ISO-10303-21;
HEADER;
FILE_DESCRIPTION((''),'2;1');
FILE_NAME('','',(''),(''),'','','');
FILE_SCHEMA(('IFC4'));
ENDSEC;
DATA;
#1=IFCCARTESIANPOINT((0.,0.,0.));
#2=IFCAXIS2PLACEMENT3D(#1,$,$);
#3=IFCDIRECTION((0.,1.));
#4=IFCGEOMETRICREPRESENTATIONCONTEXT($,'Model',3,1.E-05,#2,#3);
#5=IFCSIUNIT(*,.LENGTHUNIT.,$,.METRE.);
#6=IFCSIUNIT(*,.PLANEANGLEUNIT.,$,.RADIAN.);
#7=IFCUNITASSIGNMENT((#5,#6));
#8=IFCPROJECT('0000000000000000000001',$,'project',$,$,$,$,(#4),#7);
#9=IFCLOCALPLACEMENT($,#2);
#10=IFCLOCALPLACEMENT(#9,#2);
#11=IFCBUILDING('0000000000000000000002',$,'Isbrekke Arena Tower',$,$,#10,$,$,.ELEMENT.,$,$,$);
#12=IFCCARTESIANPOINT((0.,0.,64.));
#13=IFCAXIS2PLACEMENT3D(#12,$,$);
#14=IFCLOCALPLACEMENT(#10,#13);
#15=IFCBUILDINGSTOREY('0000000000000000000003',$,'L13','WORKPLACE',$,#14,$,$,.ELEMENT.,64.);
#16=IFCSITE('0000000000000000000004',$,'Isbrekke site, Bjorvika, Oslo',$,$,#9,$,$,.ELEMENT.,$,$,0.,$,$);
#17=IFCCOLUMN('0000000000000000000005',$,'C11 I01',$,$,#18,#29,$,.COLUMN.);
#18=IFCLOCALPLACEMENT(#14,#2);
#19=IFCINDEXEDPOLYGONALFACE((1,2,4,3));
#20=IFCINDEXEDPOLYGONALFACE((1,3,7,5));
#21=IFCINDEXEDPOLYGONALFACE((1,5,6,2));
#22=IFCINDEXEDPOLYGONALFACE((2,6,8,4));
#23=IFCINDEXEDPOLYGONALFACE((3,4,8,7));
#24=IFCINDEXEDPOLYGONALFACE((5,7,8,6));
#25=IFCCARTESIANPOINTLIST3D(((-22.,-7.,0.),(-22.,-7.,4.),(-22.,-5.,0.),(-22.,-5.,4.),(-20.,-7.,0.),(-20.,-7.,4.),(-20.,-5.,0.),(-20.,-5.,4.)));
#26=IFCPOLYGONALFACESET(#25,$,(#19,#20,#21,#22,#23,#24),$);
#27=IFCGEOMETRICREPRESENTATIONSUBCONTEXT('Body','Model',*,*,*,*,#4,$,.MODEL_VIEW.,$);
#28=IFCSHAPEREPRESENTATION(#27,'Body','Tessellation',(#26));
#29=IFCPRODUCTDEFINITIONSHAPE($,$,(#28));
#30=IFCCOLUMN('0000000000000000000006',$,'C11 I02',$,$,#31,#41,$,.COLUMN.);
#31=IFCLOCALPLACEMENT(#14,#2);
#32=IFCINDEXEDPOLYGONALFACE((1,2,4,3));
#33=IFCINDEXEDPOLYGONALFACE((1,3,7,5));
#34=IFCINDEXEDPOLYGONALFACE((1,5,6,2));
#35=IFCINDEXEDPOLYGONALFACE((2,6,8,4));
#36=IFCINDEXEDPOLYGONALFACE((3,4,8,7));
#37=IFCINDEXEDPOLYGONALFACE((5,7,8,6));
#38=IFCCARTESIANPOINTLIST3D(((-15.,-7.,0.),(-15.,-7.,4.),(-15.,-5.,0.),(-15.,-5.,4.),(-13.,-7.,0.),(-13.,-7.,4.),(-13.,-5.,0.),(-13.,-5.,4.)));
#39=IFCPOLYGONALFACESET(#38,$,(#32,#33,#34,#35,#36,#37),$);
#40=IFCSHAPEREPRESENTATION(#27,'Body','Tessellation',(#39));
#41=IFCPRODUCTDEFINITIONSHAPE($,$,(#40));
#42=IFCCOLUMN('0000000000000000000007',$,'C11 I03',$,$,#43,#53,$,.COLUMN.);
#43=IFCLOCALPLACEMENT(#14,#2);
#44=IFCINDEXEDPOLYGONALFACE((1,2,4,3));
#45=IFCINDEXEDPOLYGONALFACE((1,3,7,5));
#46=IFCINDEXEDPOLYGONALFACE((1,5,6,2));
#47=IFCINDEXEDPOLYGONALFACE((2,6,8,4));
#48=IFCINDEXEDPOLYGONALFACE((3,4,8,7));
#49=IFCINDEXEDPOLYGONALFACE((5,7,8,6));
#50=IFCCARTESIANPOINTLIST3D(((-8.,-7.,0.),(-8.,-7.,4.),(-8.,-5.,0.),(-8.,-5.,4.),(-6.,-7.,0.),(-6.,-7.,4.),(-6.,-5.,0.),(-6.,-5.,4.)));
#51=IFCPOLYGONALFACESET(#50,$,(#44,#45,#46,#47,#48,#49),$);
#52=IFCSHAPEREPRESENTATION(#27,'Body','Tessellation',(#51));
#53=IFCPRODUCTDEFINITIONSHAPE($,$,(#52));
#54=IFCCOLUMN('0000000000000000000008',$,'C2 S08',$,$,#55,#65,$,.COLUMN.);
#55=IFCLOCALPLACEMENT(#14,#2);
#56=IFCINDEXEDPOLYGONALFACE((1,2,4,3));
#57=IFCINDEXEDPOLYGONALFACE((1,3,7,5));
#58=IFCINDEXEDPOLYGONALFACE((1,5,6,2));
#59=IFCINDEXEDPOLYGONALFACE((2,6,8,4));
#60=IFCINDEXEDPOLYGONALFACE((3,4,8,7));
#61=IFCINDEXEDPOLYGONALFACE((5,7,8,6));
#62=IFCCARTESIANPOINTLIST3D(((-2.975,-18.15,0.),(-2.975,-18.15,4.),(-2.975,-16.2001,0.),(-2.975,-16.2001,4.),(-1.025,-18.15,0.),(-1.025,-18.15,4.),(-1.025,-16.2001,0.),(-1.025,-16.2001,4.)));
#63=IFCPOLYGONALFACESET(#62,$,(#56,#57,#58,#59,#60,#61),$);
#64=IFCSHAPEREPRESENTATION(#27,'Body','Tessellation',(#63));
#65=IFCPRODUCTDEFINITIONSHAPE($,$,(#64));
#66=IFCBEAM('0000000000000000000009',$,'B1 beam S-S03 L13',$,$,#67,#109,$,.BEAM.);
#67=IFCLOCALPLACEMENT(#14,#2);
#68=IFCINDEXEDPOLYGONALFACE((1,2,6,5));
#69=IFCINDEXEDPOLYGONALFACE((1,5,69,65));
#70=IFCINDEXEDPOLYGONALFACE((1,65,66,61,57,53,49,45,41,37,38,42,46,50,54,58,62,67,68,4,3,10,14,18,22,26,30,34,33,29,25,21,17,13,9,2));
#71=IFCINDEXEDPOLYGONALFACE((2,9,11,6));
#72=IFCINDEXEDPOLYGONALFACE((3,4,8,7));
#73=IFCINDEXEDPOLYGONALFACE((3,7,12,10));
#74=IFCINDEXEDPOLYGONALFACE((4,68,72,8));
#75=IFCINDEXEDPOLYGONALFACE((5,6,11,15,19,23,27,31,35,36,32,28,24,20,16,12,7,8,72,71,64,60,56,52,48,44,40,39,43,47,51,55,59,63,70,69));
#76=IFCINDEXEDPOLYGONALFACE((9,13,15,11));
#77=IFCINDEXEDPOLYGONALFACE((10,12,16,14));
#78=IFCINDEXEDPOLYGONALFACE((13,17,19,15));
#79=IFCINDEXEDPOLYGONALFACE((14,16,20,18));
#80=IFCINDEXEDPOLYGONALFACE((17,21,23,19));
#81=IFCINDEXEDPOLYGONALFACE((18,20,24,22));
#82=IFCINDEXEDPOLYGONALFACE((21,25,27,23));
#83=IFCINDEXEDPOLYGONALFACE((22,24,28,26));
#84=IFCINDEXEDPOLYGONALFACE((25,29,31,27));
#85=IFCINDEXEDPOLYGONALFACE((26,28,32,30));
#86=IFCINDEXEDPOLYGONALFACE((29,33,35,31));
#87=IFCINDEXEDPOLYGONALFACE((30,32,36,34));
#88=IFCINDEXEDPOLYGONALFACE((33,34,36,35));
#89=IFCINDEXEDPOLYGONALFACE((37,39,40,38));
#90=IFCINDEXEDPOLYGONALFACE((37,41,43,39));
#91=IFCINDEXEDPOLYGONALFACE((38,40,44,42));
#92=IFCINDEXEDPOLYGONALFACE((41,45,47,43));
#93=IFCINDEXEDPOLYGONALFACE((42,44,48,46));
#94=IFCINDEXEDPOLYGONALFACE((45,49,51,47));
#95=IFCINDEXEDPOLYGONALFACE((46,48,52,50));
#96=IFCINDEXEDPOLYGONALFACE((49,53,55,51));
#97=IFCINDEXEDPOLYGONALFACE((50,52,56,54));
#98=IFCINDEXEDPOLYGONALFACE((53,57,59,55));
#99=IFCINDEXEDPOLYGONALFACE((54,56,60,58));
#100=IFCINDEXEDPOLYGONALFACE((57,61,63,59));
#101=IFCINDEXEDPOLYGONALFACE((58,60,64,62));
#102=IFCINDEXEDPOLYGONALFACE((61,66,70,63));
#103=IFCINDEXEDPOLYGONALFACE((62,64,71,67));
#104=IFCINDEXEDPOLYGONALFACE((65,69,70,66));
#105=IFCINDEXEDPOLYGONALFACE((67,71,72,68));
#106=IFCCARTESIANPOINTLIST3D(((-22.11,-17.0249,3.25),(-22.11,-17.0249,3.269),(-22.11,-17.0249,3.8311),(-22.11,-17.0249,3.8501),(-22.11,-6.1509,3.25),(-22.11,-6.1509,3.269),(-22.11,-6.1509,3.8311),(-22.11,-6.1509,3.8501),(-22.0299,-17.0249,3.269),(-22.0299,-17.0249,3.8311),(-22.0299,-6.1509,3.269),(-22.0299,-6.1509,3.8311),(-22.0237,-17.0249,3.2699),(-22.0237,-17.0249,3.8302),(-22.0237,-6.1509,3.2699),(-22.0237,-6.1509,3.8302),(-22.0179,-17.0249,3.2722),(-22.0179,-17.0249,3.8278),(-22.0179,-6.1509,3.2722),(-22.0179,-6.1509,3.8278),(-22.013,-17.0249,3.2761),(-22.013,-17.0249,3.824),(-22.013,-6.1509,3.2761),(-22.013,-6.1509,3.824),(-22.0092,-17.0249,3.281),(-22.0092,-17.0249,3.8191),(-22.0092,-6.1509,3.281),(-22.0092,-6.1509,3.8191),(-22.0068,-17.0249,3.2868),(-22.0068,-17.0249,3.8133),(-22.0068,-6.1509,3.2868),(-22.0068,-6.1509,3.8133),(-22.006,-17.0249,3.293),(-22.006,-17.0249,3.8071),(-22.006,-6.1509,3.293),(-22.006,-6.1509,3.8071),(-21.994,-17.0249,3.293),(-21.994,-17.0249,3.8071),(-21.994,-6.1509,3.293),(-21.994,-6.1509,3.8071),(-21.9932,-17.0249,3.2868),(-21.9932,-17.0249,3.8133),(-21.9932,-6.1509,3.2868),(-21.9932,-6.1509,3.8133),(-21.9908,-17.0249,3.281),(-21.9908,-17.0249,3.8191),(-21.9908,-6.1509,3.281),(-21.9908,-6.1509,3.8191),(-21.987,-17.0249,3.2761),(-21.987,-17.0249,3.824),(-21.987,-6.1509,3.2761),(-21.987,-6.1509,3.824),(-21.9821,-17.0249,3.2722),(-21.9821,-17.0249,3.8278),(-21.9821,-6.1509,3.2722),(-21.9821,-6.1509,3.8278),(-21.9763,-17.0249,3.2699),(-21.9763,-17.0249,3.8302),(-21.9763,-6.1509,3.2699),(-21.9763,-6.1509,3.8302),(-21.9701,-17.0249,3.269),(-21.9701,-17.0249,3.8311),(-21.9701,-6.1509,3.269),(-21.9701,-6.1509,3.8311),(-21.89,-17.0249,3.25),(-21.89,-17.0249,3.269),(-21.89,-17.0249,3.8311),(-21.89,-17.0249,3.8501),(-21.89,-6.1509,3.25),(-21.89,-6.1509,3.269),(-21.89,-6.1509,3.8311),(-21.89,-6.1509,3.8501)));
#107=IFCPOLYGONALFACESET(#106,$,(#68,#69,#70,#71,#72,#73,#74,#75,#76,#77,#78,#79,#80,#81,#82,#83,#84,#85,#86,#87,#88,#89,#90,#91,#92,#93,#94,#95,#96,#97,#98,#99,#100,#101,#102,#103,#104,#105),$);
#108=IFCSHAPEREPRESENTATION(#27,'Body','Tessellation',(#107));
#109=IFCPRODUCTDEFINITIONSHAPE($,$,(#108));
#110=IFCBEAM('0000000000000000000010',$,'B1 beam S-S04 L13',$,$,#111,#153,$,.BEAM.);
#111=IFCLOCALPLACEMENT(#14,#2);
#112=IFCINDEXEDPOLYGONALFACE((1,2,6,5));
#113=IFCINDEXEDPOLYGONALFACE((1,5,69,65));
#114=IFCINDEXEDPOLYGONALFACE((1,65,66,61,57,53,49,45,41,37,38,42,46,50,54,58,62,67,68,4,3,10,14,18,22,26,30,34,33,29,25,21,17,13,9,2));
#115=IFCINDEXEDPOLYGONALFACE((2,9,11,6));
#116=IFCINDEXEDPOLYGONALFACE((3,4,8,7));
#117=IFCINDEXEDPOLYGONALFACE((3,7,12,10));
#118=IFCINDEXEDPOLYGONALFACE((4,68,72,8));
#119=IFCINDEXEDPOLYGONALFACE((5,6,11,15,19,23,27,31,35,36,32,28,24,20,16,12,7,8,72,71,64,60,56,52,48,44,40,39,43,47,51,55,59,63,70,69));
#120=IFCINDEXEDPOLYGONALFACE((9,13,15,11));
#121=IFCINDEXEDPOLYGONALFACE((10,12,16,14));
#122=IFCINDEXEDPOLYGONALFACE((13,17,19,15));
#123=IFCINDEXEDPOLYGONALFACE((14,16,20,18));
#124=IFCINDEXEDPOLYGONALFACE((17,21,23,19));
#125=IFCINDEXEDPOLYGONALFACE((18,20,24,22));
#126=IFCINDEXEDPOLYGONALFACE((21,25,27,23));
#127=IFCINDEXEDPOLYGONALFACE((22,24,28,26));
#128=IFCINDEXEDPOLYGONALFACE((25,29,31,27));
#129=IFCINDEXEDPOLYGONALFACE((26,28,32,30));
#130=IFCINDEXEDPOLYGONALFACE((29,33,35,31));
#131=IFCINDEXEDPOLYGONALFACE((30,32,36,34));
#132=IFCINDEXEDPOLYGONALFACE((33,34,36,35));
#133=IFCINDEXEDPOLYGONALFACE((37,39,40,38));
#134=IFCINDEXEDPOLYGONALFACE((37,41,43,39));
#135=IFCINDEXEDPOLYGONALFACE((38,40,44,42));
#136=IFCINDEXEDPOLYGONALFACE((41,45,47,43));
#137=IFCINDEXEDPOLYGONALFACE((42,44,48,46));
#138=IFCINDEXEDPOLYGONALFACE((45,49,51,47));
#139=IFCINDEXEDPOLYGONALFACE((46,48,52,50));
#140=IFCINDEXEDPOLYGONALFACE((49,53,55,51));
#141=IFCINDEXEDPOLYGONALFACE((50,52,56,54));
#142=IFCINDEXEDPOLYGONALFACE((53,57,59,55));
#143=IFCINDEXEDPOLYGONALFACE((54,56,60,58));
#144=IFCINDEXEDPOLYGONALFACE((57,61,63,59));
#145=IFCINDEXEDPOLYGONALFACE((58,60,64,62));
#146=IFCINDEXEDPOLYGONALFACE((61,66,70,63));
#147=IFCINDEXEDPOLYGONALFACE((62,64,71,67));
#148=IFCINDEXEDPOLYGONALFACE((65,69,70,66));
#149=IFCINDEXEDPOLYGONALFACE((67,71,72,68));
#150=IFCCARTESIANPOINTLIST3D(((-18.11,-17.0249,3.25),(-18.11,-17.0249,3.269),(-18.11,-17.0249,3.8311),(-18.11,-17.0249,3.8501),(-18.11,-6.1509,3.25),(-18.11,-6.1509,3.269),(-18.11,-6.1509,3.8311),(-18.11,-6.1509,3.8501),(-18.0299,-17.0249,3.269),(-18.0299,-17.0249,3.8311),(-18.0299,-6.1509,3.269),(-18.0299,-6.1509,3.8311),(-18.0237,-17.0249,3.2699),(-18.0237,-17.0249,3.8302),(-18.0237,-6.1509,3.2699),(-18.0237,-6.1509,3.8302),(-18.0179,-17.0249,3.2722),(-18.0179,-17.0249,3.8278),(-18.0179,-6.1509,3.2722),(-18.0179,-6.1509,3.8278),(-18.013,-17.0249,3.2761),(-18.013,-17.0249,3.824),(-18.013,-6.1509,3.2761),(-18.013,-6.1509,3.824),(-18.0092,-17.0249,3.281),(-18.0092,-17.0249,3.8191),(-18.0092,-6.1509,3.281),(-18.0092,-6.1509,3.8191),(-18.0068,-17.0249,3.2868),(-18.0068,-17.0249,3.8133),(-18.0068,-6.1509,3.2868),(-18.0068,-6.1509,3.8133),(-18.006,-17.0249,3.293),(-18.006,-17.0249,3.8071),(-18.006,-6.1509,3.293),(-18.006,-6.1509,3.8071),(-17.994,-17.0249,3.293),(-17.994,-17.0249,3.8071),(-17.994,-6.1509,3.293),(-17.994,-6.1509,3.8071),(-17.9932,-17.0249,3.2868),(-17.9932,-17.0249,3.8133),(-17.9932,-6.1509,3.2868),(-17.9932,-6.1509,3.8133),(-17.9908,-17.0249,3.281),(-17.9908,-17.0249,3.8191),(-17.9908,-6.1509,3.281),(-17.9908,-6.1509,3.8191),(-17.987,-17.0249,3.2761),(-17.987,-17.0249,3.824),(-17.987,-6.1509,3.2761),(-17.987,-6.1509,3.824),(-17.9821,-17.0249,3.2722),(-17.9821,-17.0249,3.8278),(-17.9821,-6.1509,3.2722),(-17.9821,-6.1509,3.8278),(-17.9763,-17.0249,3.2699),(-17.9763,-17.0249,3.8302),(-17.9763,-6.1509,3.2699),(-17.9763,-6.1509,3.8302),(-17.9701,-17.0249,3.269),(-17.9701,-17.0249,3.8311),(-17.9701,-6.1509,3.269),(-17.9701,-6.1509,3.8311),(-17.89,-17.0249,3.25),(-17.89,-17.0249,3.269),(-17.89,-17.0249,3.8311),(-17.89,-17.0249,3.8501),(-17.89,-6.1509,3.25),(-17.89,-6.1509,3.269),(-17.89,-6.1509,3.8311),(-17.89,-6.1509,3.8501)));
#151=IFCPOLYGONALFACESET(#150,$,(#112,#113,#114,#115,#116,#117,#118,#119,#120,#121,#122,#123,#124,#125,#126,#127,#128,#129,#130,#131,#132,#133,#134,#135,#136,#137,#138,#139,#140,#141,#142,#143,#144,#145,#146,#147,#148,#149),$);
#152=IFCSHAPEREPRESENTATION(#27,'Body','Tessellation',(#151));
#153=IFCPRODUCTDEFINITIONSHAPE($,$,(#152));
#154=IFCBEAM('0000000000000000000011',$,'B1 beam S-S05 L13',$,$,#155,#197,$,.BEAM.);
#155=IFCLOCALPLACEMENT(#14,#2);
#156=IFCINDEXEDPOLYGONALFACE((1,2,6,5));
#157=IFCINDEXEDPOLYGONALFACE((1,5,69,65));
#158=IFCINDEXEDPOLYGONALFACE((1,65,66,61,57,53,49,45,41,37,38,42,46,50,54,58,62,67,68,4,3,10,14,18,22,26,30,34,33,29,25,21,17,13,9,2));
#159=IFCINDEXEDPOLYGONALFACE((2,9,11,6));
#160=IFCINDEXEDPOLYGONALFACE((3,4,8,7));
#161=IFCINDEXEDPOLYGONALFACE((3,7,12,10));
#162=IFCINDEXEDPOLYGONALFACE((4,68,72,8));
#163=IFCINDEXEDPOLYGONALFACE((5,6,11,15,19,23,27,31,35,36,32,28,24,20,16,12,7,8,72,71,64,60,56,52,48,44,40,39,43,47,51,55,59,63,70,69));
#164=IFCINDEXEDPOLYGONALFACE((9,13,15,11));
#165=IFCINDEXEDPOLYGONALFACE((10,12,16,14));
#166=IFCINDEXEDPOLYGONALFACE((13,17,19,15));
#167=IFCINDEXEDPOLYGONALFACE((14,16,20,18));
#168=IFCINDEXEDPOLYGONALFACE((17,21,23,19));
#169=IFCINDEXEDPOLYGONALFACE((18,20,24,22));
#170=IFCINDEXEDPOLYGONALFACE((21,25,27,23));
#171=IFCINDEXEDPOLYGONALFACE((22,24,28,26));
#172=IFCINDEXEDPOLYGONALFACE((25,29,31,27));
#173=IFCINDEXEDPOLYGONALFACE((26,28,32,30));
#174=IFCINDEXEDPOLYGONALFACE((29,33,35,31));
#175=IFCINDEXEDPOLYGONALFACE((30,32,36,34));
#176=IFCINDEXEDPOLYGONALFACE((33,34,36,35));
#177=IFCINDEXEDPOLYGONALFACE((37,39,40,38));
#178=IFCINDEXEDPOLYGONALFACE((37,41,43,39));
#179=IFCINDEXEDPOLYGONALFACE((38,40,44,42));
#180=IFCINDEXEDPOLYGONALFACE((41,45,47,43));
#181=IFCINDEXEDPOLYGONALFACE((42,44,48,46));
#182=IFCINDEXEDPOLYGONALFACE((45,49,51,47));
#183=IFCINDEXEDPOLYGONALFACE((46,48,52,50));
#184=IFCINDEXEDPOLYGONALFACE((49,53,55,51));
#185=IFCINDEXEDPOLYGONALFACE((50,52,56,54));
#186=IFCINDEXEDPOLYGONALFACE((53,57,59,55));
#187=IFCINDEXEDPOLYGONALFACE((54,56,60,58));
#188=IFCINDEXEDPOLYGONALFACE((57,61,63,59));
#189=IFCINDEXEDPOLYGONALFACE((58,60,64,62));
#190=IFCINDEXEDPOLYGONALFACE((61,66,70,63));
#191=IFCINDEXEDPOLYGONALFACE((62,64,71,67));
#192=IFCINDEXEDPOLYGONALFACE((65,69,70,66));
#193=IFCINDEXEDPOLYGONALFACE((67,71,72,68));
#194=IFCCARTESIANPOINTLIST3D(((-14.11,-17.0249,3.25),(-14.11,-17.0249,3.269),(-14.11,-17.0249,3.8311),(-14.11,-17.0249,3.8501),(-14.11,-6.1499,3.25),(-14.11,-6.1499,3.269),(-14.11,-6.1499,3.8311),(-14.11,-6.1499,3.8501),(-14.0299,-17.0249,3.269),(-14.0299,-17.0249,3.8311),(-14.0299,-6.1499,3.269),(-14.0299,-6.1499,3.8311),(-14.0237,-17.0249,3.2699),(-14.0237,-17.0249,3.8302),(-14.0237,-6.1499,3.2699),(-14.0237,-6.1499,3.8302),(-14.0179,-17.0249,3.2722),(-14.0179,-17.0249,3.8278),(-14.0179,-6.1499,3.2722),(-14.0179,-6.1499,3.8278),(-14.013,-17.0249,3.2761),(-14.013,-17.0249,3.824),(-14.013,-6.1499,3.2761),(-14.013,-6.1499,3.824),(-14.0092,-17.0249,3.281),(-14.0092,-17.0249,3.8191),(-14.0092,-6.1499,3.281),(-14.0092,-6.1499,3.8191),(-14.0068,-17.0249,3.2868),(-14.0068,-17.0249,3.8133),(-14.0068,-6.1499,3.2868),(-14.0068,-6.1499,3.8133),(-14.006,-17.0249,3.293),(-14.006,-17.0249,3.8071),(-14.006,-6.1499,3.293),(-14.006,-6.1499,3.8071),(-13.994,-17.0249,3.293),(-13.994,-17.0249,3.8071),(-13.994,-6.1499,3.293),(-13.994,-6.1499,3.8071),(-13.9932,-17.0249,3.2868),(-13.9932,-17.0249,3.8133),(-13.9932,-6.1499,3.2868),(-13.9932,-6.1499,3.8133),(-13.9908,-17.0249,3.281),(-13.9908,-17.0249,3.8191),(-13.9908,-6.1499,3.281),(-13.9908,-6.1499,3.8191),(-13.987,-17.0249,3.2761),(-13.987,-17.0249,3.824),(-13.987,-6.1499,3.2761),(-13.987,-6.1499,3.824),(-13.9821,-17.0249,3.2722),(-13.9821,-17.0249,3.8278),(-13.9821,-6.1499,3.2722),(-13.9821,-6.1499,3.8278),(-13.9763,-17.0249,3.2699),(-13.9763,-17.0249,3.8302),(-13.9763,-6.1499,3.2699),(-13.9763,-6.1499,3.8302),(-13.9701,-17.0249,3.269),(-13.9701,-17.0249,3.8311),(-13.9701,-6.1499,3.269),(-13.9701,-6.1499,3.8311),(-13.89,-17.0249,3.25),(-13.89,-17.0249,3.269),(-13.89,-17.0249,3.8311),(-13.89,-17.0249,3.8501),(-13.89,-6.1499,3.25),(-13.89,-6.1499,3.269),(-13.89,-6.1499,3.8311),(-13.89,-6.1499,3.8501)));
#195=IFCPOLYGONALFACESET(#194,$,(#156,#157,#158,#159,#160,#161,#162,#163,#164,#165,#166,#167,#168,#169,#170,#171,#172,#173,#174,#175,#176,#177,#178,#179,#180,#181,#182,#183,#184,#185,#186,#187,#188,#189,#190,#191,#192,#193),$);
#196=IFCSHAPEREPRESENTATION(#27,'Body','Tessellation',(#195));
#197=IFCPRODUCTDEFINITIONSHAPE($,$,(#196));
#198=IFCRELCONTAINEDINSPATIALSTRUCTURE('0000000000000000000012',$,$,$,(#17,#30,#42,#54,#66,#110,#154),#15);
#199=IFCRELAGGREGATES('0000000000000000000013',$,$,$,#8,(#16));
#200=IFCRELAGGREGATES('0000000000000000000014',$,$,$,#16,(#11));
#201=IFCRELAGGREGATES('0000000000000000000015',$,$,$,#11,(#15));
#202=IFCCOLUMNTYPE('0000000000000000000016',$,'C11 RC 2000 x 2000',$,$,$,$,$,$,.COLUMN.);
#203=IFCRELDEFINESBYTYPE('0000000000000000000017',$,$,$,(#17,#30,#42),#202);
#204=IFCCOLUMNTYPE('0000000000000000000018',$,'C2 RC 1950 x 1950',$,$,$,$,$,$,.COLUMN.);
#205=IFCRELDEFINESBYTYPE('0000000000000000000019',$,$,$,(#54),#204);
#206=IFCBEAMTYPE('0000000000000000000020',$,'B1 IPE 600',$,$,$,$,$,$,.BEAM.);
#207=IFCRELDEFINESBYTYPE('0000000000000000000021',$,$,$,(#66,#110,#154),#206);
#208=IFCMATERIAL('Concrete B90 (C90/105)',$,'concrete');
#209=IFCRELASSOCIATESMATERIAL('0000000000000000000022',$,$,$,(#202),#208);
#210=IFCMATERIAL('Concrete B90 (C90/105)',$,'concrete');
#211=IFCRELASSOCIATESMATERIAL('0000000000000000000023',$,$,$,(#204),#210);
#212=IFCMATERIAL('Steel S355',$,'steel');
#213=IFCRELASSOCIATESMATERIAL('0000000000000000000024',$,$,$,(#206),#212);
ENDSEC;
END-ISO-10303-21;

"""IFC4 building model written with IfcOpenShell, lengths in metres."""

from ifc_helpers import new_model, si_unit, direction, frame, origin, origin_2d, place, context, subcontext, project, spatial, rectangle, i_section, extrude, material, material_profile, profile_set, type_object, element, save


model = new_model("IFC4")

# Units and contexts
model_context = context("Model", 3, precision=1e-05, world=origin(), true_north=direction((0.0, 1.0)))
body_context = subcontext(model_context, "Body", "Model", "MODEL_VIEW")
ifc_project = project(units=[si_unit("LENGTHUNIT", "METRE"), si_unit("PLANEANGLEUNIT", "RADIAN")], contexts=[model_context])

# Site, building, storey
site_placement = place(None, origin())
site = spatial("IfcSite", under=ifc_project, at=site_placement, Name="Isbrekke site, Bjorvika, Oslo", CompositionType="ELEMENT", RefElevation=0.0)
building_placement = place(site_placement, origin())
building = spatial("IfcBuilding", under=site, at=building_placement, Name="Isbrekke Arena Tower", CompositionType="ELEMENT")
storey_placement = place(building_placement, frame((0.0, 0.0, 64.0)))
storey = spatial("IfcBuildingStorey", under=building, at=storey_placement, Name="L13", Description="WORKPLACE", CompositionType="ELEMENT", Elevation=64.0)

# Columns
ifc_material_1 = material(Name="Concrete B90 (C90/105)", Category="concrete")
ifc_material_profile_1 = material_profile(ifc_material_1, rectangle(XDim=2.0, YDim=2.0, at=origin_2d()), Name="RC 2000x2000")
ifc_profile_set_1 = profile_set([ifc_material_profile_1], Name="Concrete B90 (C90/105)")
column_type_1 = type_object("IfcColumnType", Name="C11 RC 2000 x 2000", PredefinedType="COLUMN", material=ifc_profile_set_1)
for number, where, z_axis, x_axis, name in (
    (1, (-21.0, -6.0, 0.0), (0.0, 0.0, 1.0), (1.0, 0.0, 0.0), "C11 I01"),
    (2, (-14.0, -6.0, 0.0), (0.0, 0.0, 1.0), (1.0, 0.0, 0.0), "C11 I02"),
    (3, (-7.0, -6.0, 0.0), (0.0, 0.0, 1.0), (1.0, 0.0, 0.0), "C11 I03"),
):
    element("IfcColumn", number, at=place(storey_placement, frame(where, z_axis=z_axis, x_axis=x_axis)), inside=storey, type_object=column_type_1, Name=name, PredefinedType="COLUMN", context=body_context, shape_type="SweptSolid", body=[
        extrude(rectangle(XDim=2.0, YDim=2.0, at=origin_2d()), origin(), (0.0, 0.0, 1.0), 4.0),
    ])
ifc_material_2 = material(Name="Concrete B90 (C90/105)", Category="concrete")
ifc_material_profile_2 = material_profile(ifc_material_2, rectangle(XDim=1.95, YDim=1.95, at=origin_2d()), Name="RC 1950x1950")
ifc_profile_set_2 = profile_set([ifc_material_profile_2], Name="Concrete B90 (C90/105)")
column_type_2 = type_object("IfcColumnType", Name="C2 RC 1950 x 1950", PredefinedType="COLUMN", material=ifc_profile_set_2)
column_placement = place(storey_placement, frame((-2.0, -17.175, 0.0), z_axis=(0.0, 0.0, 1.0), x_axis=(1.0, 0.0, 0.0)))
element("IfcColumn", 4, at=column_placement, inside=storey, type_object=column_type_2, Name="C2 S08", PredefinedType="COLUMN", context=body_context, shape_type="SweptSolid", body=[
    extrude(rectangle(XDim=1.95, YDim=1.95, at=origin_2d()), origin(), (0.0, 0.0, 1.0), 4.0),
])

# Beams
ifc_material_3 = material(Name="Steel S355", Category="steel")
ifc_material_profile_3 = material_profile(ifc_material_3, i_section(OverallWidth=0.22, OverallDepth=0.6001, WebThickness=0.012, FlangeThickness=0.019, FilletRadius=0.0239, at=origin_2d()), Name="IPE 600")
ifc_profile_set_3 = profile_set([ifc_material_profile_3], Name="Steel S355")
beam_type_1 = type_object("IfcBeamType", Name="B1 IPE 600", PredefinedType="BEAM", material=ifc_profile_set_3)
for number, where, z_axis, x_axis, name in (
    (5, (-22.0, -17.0249, 3.55), (0.0, 1.0, 0.0), (-1.0, 0.0, 0.0), "B1 beam S-S03 L13"),
    (6, (-18.0, -17.0249, 3.55), (0.0, 1.0, 0.0), (-1.0, 0.0, 0.0), "B1 beam S-S04 L13"),
):
    element("IfcBeam", number, at=place(storey_placement, frame(where, z_axis=z_axis, x_axis=x_axis)), inside=storey, type_object=beam_type_1, Name=name, PredefinedType="BEAM", context=body_context, shape_type="SweptSolid", body=[
        extrude(i_section(OverallWidth=0.22, OverallDepth=0.6001, WebThickness=0.012, FlangeThickness=0.019, FilletRadius=0.0239, at=origin_2d()), origin(), (0.0, 0.0, 1.0), 10.874),
    ])
beam_1_placement = place(storey_placement, frame((-14.0, -17.0249, 3.55), z_axis=(0.0, 1.0, 0.0), x_axis=(-1.0, 0.0, 0.0)))
element("IfcBeam", 7, at=beam_1_placement, inside=storey, type_object=beam_type_1, Name="B1 beam S-S05 L13", PredefinedType="BEAM", context=body_context, shape_type="SweptSolid", body=[
    extrude(i_section(OverallWidth=0.22, OverallDepth=0.6001, WebThickness=0.012, FlangeThickness=0.019, FilletRadius=0.0239, at=origin_2d()), origin(), (0.0, 0.0, 1.0), 10.875),
])

save(model, "model.ifc")
